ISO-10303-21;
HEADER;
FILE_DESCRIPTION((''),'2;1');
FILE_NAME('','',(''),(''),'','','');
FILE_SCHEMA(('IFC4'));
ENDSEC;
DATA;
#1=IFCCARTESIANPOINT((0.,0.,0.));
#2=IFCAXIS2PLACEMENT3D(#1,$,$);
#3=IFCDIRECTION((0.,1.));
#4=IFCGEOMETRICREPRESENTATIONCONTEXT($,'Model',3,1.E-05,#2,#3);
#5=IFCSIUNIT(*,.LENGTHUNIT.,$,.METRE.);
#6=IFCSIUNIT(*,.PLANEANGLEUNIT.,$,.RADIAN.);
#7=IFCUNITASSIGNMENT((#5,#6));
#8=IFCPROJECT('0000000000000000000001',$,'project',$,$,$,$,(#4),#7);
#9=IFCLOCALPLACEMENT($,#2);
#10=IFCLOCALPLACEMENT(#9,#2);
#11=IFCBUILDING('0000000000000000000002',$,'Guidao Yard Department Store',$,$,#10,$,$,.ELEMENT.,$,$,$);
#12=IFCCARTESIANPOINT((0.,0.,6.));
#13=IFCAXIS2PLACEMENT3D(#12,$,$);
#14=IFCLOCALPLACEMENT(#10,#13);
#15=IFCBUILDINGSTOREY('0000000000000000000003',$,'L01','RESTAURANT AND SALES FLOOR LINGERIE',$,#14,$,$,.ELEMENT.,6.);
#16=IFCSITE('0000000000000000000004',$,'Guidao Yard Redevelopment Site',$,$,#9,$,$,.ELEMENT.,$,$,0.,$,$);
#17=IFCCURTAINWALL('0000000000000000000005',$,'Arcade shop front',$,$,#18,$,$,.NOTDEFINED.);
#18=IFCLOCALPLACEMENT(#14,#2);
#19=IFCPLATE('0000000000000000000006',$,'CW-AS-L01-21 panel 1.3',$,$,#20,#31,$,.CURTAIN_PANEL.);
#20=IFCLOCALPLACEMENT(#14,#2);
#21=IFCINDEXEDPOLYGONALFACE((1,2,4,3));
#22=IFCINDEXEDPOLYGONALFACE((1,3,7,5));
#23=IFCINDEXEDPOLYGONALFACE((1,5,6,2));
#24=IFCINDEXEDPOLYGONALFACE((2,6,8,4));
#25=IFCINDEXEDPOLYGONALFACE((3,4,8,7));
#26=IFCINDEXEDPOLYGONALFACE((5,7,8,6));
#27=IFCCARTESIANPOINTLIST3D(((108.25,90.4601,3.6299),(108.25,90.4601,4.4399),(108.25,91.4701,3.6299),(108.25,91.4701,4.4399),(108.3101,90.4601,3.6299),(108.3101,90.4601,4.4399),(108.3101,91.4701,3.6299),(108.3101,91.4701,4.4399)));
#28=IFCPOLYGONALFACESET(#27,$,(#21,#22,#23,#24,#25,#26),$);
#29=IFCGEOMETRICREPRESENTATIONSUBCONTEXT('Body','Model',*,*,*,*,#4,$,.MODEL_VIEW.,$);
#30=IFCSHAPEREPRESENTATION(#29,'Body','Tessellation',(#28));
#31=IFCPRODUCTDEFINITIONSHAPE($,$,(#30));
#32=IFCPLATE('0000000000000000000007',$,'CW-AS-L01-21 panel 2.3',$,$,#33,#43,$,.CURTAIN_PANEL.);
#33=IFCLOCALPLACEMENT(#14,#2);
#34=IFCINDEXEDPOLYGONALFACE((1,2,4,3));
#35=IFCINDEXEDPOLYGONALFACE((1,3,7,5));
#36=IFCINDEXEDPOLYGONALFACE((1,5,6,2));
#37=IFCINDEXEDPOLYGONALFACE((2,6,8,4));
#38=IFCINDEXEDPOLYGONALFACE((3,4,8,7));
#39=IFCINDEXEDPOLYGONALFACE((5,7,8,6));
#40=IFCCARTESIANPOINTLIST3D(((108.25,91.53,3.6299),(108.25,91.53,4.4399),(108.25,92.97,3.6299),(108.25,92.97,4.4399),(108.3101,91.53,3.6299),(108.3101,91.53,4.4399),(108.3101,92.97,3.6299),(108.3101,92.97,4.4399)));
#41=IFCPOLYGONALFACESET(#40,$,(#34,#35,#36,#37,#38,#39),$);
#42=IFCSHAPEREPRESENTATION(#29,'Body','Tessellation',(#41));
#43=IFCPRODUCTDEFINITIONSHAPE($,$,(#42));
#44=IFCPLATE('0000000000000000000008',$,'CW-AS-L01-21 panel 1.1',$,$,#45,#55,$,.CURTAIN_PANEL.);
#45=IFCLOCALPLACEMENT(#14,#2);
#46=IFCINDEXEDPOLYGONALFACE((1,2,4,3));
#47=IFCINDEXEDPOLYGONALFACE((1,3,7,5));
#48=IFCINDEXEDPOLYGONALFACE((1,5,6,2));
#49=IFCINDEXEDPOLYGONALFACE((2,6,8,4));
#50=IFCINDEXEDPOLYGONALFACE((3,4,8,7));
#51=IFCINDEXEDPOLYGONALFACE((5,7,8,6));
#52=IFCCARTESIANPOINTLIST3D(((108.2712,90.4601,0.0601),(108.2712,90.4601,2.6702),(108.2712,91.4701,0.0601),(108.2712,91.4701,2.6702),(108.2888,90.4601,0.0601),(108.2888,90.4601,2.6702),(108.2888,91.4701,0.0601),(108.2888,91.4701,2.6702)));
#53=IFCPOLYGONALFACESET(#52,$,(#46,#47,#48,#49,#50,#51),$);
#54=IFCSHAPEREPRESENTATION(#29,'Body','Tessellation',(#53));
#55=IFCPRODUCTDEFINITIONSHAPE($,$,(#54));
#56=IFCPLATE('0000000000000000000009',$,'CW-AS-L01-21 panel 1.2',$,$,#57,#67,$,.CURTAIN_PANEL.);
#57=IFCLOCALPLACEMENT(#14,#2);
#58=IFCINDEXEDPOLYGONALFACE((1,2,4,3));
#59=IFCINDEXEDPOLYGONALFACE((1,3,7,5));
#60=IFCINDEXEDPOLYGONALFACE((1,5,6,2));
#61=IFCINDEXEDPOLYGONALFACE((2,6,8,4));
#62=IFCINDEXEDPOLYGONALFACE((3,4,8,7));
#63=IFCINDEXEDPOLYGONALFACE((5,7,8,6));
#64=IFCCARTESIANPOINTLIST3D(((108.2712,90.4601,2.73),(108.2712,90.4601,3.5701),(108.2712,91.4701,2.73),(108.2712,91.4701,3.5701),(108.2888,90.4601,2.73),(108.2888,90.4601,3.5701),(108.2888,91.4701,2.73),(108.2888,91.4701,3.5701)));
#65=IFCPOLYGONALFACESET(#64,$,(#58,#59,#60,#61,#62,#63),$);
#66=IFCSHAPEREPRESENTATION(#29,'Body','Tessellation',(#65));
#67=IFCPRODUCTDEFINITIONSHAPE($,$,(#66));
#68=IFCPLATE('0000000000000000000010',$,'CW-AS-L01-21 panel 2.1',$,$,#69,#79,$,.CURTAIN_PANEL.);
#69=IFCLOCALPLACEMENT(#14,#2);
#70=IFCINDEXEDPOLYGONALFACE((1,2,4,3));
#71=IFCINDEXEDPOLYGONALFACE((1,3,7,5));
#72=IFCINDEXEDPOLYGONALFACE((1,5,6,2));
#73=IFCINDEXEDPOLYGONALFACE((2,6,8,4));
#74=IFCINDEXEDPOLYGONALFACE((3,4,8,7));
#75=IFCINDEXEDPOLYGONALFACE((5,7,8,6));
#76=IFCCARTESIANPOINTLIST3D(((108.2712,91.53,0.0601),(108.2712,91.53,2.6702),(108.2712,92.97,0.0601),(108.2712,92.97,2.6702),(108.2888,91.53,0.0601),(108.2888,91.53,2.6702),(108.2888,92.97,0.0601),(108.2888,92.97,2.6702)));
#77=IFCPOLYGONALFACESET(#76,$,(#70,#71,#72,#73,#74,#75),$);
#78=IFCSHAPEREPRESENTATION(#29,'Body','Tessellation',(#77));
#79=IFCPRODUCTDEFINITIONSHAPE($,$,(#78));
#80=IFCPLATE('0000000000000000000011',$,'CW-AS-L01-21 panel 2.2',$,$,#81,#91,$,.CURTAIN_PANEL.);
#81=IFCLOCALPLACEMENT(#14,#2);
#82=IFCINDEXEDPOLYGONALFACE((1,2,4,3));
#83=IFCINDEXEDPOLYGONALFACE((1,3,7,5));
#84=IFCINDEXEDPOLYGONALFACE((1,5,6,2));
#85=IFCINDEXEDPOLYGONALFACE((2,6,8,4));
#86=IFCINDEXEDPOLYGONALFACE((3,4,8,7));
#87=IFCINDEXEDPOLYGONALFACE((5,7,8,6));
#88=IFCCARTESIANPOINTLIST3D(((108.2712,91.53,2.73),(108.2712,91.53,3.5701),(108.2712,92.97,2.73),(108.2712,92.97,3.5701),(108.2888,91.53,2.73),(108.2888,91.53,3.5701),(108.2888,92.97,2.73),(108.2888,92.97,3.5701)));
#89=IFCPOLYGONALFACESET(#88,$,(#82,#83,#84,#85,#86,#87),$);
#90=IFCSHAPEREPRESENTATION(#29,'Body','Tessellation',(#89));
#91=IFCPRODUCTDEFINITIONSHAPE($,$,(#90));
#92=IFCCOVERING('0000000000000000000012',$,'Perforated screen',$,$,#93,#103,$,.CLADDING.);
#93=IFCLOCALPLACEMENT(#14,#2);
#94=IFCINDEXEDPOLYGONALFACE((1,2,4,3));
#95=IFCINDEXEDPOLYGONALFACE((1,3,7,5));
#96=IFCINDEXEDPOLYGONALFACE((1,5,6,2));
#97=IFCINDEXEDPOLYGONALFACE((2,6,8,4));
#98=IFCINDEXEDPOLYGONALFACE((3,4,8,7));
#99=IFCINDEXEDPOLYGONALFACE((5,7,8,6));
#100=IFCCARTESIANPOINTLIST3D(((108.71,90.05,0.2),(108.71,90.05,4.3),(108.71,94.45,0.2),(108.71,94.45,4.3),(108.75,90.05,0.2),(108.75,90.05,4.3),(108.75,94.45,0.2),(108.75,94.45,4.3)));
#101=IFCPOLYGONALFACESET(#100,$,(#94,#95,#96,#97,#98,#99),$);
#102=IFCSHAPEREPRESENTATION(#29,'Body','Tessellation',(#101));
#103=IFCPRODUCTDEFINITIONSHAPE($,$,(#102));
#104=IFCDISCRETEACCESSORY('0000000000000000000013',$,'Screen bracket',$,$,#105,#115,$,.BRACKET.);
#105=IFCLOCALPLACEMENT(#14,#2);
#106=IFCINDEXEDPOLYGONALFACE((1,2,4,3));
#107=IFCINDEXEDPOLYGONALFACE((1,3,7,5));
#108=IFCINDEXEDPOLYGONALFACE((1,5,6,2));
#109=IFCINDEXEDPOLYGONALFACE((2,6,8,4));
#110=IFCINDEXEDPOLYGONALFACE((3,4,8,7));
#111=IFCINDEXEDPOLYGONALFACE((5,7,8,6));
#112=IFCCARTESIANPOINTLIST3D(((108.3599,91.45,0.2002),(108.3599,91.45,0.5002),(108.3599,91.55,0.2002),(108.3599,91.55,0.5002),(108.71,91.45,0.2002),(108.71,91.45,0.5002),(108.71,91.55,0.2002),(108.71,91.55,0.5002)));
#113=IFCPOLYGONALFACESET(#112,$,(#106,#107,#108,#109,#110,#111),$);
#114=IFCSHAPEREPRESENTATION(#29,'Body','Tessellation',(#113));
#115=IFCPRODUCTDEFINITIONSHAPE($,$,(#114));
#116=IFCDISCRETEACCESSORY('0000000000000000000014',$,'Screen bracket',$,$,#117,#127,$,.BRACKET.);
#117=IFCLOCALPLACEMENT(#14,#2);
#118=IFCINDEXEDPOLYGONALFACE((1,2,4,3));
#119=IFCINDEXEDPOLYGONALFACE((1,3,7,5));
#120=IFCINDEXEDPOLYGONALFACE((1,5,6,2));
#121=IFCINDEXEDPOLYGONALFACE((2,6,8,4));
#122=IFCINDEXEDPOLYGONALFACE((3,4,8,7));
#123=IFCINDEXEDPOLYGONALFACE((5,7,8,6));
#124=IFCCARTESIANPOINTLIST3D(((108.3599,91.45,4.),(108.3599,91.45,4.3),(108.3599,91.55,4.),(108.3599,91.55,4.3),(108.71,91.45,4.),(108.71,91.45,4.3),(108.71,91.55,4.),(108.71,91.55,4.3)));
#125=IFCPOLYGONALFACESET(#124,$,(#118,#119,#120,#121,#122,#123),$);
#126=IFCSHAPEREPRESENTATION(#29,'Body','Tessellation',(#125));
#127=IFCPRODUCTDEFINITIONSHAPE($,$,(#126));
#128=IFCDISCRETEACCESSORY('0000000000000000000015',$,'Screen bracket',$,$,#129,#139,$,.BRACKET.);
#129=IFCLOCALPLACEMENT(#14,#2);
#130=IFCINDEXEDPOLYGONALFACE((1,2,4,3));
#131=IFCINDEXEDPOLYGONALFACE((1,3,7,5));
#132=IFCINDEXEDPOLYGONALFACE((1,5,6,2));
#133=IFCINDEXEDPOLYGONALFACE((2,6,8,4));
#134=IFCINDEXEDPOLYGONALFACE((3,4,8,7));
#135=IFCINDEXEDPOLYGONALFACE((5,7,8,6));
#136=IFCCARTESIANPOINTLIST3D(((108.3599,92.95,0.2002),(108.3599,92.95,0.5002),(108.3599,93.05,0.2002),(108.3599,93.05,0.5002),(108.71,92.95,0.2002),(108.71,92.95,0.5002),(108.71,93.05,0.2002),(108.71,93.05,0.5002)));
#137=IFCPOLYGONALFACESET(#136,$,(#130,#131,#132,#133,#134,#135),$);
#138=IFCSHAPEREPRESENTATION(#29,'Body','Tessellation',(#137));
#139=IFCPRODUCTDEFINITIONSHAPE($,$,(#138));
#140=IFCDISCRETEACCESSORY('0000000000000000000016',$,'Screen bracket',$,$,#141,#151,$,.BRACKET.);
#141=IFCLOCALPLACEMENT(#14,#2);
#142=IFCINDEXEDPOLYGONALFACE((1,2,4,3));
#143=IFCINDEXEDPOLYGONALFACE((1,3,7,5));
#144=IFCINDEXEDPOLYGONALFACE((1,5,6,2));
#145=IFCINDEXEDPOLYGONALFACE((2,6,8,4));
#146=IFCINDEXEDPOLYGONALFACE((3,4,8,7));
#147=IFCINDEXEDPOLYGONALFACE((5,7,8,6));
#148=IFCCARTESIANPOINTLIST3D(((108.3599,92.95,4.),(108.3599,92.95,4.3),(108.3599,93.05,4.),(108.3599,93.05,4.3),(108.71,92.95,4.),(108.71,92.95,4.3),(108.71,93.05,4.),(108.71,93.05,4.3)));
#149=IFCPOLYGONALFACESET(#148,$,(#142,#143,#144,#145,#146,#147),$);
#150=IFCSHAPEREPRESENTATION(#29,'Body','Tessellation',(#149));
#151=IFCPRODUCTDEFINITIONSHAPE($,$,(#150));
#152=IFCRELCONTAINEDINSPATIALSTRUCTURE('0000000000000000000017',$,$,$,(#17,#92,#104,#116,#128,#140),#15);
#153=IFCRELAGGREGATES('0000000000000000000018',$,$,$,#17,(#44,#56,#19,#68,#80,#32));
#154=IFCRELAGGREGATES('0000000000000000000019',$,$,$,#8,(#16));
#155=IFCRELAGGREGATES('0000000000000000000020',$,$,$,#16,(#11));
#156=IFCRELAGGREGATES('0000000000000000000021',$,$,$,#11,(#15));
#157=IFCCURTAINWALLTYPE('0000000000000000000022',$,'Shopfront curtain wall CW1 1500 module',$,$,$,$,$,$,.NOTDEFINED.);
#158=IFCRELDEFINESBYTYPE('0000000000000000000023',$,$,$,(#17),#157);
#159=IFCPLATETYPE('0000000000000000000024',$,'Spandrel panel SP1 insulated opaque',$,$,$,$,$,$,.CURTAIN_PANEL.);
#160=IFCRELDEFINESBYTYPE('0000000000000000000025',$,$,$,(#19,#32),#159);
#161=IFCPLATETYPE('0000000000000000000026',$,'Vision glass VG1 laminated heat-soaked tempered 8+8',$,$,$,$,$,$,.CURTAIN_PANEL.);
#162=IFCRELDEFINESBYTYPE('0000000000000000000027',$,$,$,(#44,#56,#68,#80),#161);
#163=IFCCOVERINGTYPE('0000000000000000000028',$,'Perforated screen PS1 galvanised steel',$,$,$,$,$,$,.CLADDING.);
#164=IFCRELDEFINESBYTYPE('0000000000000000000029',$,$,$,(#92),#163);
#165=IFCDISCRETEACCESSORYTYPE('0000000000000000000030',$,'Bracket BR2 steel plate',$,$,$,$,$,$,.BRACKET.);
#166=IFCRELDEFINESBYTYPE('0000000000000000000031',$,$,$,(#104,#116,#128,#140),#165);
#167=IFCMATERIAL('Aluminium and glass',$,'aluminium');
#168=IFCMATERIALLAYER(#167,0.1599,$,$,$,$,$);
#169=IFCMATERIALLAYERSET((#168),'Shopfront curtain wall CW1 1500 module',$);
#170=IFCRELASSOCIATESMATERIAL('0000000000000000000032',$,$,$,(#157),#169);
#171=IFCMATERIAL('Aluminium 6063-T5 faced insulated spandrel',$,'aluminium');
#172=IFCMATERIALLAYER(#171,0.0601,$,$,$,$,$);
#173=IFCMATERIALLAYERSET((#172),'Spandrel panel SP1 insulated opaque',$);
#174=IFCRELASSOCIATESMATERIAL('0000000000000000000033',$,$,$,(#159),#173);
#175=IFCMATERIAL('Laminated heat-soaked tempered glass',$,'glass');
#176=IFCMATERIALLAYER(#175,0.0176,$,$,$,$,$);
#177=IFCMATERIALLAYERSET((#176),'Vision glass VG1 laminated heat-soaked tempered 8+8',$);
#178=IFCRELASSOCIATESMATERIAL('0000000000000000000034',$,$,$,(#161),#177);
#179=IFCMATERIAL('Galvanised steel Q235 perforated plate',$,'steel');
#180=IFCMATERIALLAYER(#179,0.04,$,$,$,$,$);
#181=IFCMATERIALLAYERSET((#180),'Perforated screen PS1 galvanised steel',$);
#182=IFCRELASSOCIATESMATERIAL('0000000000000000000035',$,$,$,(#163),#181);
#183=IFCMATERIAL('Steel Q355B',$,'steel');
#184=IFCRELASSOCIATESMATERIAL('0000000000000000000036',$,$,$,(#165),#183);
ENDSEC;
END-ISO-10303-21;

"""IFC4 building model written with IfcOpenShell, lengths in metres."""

from ifc_helpers import new_model, si_unit, direction, frame, origin, origin_2d, place, context, subcontext, project, spatial, rectangle, extrude, material, layer, layer_set, type_object, element, aggregate, save


model = new_model("IFC4")

# Units and contexts
model_context = context("Model", 3, precision=1e-05, world=origin(), true_north=direction((0.0, 1.0)))
body_context = subcontext(model_context, "Body", "Model", "MODEL_VIEW")
ifc_project = project(units=[si_unit("LENGTHUNIT", "METRE"), si_unit("PLANEANGLEUNIT", "RADIAN")], contexts=[model_context])

# Site, building, storey
site_placement = place(None, origin())
site = spatial("IfcSite", under=ifc_project, at=site_placement, Name="Guidao Yard Redevelopment Site", CompositionType="ELEMENT", RefElevation=0.0)
building_placement = place(site_placement, origin())
building = spatial("IfcBuilding", under=site, at=building_placement, Name="Guidao Yard Department Store", CompositionType="ELEMENT")
storey_placement = place(building_placement, frame((0.0, 0.0, 6.0)))
storey = spatial("IfcBuildingStorey", under=building, at=storey_placement, Name="L01", Description="RESTAURANT AND SALES FLOOR LINGERIE", CompositionType="ELEMENT", Elevation=6.0)

# Shared definitions
ifc_material_1 = material(Name="Aluminium and glass", Category="aluminium")
ifc_layer_1 = layer(ifc_material_1, 0.1599)
ifc_layer_set_1 = layer_set([ifc_layer_1], Name="Shopfront curtain wall CW1 1500 module")
curtain_wall_type = type_object("IfcCurtainWallType", Name="Shopfront curtain wall CW1 1500 module", PredefinedType="NOTDEFINED", material=ifc_layer_set_1)

# Curtain wall
curtain_wall_1_placement = place(storey_placement, origin())
curtain_wall_1 = element("IfcCurtainWall", 1, at=curtain_wall_1_placement, inside=storey, type_object=curtain_wall_type, Name="Arcade shop front", PredefinedType="NOTDEFINED")

# Plates
ifc_material_2 = material(Name="Aluminium 6063-T5 faced insulated spandrel", Category="aluminium")
ifc_layer_2 = layer(ifc_material_2, 0.0601)
ifc_layer_set_2 = layer_set([ifc_layer_2], Name="Spandrel panel SP1 insulated opaque")
plate_type_1 = type_object("IfcPlateType", Name="Spandrel panel SP1 insulated opaque", PredefinedType="CURTAIN_PANEL", material=ifc_layer_set_2)
plate_1_placement = place(storey_placement, frame((108.28, 90.9651, 3.6299), z_axis=(0.0, 0.0, 1.0), x_axis=(0.0, -1.0, 0.0)))
plate_1 = element("IfcPlate", 2, at=plate_1_placement, type_object=plate_type_1, Name="CW-AS-L01-21 panel 1.3", PredefinedType="CURTAIN_PANEL", context=body_context, shape_type="SweptSolid", body=[
    extrude(rectangle(XDim=1.01, YDim=0.0601, at=origin_2d()), origin(), (0.0, 0.0, 1.0), 0.8101),
])
plate_2_placement = place(storey_placement, frame((108.28, 92.25, 3.6299), z_axis=(0.0, 0.0, 1.0), x_axis=(0.0, -1.0, 0.0)))
plate_2 = element("IfcPlate", 3, at=plate_2_placement, type_object=plate_type_1, Name="CW-AS-L01-21 panel 2.3", PredefinedType="CURTAIN_PANEL", context=body_context, shape_type="SweptSolid", body=[
    extrude(rectangle(XDim=1.4399, YDim=0.0601, at=origin_2d()), origin(), (0.0, 0.0, 1.0), 0.8101),
])
ifc_material_3 = material(Name="Laminated heat-soaked tempered glass", Category="glass")
ifc_layer_3 = layer(ifc_material_3, 0.0176)
ifc_layer_set_3 = layer_set([ifc_layer_3], Name="Vision glass VG1 laminated heat-soaked tempered 8+8")
plate_type_2 = type_object("IfcPlateType", Name="Vision glass VG1 laminated heat-soaked tempered 8+8", PredefinedType="CURTAIN_PANEL", material=ifc_layer_set_3)
plate_3_placement = place(storey_placement, frame((108.28, 90.9651, 0.0601), z_axis=(0.0, 0.0, 1.0), x_axis=(0.0, -1.0, 0.0)))
plate_3 = element("IfcPlate", 4, at=plate_3_placement, type_object=plate_type_2, Name="CW-AS-L01-21 panel 1.1", PredefinedType="CURTAIN_PANEL", context=body_context, shape_type="SweptSolid", body=[
    extrude(rectangle(XDim=1.01, YDim=0.0176, at=origin_2d()), origin(), (0.0, 0.0, 1.0), 2.6101),
])
plate_4_placement = place(storey_placement, frame((108.28, 90.9651, 2.73), z_axis=(0.0, 0.0, 1.0), x_axis=(0.0, -1.0, 0.0)))
plate_4 = element("IfcPlate", 5, at=plate_4_placement, type_object=plate_type_2, Name="CW-AS-L01-21 panel 1.2", PredefinedType="CURTAIN_PANEL", context=body_context, shape_type="SweptSolid", body=[
    extrude(rectangle(XDim=1.01, YDim=0.0176, at=origin_2d()), origin(), (0.0, 0.0, 1.0), 0.8401),
])
plate_5_placement = place(storey_placement, frame((108.28, 92.25, 0.0601), z_axis=(0.0, 0.0, 1.0), x_axis=(0.0, -1.0, 0.0)))
plate_5 = element("IfcPlate", 6, at=plate_5_placement, type_object=plate_type_2, Name="CW-AS-L01-21 panel 2.1", PredefinedType="CURTAIN_PANEL", context=body_context, shape_type="SweptSolid", body=[
    extrude(rectangle(XDim=1.4399, YDim=0.0176, at=origin_2d()), origin(), (0.0, 0.0, 1.0), 2.6101),
])
plate_6_placement = place(storey_placement, frame((108.28, 92.25, 2.73), z_axis=(0.0, 0.0, 1.0), x_axis=(0.0, -1.0, 0.0)))
plate_6 = element("IfcPlate", 7, at=plate_6_placement, type_object=plate_type_2, Name="CW-AS-L01-21 panel 2.2", PredefinedType="CURTAIN_PANEL", context=body_context, shape_type="SweptSolid", body=[
    extrude(rectangle(XDim=1.4399, YDim=0.0176, at=origin_2d()), origin(), (0.0, 0.0, 1.0), 0.8401),
])
aggregate(curtain_wall_1, [plate_3, plate_4, plate_1, plate_5, plate_6, plate_2])

# Covering
ifc_material_4 = material(Name="Galvanised steel Q235 perforated plate", Category="steel")
ifc_layer_4 = layer(ifc_material_4, 0.04)
ifc_layer_set_4 = layer_set([ifc_layer_4], Name="Perforated screen PS1 galvanised steel")
covering_type = type_object("IfcCoveringType", Name="Perforated screen PS1 galvanised steel", PredefinedType="CLADDING", material=ifc_layer_set_4)
covering_placement = place(storey_placement, frame((108.73, 92.25, 0.2), z_axis=(0.0, 0.0, 1.0), x_axis=(0.0, -1.0, 0.0)))
element("IfcCovering", 8, at=covering_placement, inside=storey, type_object=covering_type, Name="Perforated screen", PredefinedType="CLADDING", context=body_context, shape_type="SweptSolid", body=[
    extrude(rectangle(XDim=4.3999, YDim=0.04, at=origin_2d()), origin(), (0.0, 0.0, 1.0), 4.1001),
])

# Discrete accessories
ifc_material_5 = material(Name="Steel Q355B", Category="steel")
discrete_accessory_type = type_object("IfcDiscreteAccessoryType", Name="Bracket BR2 steel plate", PredefinedType="BRACKET", material=ifc_material_5)
for number, where, z_axis, x_axis, name in (
    (9, (108.5349, 91.5, 0.2002), (0.0, 0.0, 1.0), (0.0, -1.0, 0.0), "Screen bracket"),
    (10, (108.5349, 91.5, 4.0), (0.0, 0.0, 1.0), (0.0, -1.0, 0.0), "Screen bracket"),
    (11, (108.5349, 93.0, 0.2002), (0.0, 0.0, 1.0), (0.0, -1.0, 0.0), "Screen bracket"),
    (12, (108.5349, 93.0, 4.0), (0.0, 0.0, 1.0), (0.0, -1.0, 0.0), "Screen bracket"),
):
    element("IfcDiscreteAccessory", number, at=place(storey_placement, frame(where, z_axis=z_axis, x_axis=x_axis)), inside=storey, type_object=discrete_accessory_type, Name=name, PredefinedType="BRACKET", context=body_context, shape_type="SweptSolid", body=[
        extrude(rectangle(XDim=0.1001, YDim=0.3501, at=origin_2d()), origin(), (0.0, 0.0, 1.0), 0.3),
    ])

save(model, "model.ifc")
